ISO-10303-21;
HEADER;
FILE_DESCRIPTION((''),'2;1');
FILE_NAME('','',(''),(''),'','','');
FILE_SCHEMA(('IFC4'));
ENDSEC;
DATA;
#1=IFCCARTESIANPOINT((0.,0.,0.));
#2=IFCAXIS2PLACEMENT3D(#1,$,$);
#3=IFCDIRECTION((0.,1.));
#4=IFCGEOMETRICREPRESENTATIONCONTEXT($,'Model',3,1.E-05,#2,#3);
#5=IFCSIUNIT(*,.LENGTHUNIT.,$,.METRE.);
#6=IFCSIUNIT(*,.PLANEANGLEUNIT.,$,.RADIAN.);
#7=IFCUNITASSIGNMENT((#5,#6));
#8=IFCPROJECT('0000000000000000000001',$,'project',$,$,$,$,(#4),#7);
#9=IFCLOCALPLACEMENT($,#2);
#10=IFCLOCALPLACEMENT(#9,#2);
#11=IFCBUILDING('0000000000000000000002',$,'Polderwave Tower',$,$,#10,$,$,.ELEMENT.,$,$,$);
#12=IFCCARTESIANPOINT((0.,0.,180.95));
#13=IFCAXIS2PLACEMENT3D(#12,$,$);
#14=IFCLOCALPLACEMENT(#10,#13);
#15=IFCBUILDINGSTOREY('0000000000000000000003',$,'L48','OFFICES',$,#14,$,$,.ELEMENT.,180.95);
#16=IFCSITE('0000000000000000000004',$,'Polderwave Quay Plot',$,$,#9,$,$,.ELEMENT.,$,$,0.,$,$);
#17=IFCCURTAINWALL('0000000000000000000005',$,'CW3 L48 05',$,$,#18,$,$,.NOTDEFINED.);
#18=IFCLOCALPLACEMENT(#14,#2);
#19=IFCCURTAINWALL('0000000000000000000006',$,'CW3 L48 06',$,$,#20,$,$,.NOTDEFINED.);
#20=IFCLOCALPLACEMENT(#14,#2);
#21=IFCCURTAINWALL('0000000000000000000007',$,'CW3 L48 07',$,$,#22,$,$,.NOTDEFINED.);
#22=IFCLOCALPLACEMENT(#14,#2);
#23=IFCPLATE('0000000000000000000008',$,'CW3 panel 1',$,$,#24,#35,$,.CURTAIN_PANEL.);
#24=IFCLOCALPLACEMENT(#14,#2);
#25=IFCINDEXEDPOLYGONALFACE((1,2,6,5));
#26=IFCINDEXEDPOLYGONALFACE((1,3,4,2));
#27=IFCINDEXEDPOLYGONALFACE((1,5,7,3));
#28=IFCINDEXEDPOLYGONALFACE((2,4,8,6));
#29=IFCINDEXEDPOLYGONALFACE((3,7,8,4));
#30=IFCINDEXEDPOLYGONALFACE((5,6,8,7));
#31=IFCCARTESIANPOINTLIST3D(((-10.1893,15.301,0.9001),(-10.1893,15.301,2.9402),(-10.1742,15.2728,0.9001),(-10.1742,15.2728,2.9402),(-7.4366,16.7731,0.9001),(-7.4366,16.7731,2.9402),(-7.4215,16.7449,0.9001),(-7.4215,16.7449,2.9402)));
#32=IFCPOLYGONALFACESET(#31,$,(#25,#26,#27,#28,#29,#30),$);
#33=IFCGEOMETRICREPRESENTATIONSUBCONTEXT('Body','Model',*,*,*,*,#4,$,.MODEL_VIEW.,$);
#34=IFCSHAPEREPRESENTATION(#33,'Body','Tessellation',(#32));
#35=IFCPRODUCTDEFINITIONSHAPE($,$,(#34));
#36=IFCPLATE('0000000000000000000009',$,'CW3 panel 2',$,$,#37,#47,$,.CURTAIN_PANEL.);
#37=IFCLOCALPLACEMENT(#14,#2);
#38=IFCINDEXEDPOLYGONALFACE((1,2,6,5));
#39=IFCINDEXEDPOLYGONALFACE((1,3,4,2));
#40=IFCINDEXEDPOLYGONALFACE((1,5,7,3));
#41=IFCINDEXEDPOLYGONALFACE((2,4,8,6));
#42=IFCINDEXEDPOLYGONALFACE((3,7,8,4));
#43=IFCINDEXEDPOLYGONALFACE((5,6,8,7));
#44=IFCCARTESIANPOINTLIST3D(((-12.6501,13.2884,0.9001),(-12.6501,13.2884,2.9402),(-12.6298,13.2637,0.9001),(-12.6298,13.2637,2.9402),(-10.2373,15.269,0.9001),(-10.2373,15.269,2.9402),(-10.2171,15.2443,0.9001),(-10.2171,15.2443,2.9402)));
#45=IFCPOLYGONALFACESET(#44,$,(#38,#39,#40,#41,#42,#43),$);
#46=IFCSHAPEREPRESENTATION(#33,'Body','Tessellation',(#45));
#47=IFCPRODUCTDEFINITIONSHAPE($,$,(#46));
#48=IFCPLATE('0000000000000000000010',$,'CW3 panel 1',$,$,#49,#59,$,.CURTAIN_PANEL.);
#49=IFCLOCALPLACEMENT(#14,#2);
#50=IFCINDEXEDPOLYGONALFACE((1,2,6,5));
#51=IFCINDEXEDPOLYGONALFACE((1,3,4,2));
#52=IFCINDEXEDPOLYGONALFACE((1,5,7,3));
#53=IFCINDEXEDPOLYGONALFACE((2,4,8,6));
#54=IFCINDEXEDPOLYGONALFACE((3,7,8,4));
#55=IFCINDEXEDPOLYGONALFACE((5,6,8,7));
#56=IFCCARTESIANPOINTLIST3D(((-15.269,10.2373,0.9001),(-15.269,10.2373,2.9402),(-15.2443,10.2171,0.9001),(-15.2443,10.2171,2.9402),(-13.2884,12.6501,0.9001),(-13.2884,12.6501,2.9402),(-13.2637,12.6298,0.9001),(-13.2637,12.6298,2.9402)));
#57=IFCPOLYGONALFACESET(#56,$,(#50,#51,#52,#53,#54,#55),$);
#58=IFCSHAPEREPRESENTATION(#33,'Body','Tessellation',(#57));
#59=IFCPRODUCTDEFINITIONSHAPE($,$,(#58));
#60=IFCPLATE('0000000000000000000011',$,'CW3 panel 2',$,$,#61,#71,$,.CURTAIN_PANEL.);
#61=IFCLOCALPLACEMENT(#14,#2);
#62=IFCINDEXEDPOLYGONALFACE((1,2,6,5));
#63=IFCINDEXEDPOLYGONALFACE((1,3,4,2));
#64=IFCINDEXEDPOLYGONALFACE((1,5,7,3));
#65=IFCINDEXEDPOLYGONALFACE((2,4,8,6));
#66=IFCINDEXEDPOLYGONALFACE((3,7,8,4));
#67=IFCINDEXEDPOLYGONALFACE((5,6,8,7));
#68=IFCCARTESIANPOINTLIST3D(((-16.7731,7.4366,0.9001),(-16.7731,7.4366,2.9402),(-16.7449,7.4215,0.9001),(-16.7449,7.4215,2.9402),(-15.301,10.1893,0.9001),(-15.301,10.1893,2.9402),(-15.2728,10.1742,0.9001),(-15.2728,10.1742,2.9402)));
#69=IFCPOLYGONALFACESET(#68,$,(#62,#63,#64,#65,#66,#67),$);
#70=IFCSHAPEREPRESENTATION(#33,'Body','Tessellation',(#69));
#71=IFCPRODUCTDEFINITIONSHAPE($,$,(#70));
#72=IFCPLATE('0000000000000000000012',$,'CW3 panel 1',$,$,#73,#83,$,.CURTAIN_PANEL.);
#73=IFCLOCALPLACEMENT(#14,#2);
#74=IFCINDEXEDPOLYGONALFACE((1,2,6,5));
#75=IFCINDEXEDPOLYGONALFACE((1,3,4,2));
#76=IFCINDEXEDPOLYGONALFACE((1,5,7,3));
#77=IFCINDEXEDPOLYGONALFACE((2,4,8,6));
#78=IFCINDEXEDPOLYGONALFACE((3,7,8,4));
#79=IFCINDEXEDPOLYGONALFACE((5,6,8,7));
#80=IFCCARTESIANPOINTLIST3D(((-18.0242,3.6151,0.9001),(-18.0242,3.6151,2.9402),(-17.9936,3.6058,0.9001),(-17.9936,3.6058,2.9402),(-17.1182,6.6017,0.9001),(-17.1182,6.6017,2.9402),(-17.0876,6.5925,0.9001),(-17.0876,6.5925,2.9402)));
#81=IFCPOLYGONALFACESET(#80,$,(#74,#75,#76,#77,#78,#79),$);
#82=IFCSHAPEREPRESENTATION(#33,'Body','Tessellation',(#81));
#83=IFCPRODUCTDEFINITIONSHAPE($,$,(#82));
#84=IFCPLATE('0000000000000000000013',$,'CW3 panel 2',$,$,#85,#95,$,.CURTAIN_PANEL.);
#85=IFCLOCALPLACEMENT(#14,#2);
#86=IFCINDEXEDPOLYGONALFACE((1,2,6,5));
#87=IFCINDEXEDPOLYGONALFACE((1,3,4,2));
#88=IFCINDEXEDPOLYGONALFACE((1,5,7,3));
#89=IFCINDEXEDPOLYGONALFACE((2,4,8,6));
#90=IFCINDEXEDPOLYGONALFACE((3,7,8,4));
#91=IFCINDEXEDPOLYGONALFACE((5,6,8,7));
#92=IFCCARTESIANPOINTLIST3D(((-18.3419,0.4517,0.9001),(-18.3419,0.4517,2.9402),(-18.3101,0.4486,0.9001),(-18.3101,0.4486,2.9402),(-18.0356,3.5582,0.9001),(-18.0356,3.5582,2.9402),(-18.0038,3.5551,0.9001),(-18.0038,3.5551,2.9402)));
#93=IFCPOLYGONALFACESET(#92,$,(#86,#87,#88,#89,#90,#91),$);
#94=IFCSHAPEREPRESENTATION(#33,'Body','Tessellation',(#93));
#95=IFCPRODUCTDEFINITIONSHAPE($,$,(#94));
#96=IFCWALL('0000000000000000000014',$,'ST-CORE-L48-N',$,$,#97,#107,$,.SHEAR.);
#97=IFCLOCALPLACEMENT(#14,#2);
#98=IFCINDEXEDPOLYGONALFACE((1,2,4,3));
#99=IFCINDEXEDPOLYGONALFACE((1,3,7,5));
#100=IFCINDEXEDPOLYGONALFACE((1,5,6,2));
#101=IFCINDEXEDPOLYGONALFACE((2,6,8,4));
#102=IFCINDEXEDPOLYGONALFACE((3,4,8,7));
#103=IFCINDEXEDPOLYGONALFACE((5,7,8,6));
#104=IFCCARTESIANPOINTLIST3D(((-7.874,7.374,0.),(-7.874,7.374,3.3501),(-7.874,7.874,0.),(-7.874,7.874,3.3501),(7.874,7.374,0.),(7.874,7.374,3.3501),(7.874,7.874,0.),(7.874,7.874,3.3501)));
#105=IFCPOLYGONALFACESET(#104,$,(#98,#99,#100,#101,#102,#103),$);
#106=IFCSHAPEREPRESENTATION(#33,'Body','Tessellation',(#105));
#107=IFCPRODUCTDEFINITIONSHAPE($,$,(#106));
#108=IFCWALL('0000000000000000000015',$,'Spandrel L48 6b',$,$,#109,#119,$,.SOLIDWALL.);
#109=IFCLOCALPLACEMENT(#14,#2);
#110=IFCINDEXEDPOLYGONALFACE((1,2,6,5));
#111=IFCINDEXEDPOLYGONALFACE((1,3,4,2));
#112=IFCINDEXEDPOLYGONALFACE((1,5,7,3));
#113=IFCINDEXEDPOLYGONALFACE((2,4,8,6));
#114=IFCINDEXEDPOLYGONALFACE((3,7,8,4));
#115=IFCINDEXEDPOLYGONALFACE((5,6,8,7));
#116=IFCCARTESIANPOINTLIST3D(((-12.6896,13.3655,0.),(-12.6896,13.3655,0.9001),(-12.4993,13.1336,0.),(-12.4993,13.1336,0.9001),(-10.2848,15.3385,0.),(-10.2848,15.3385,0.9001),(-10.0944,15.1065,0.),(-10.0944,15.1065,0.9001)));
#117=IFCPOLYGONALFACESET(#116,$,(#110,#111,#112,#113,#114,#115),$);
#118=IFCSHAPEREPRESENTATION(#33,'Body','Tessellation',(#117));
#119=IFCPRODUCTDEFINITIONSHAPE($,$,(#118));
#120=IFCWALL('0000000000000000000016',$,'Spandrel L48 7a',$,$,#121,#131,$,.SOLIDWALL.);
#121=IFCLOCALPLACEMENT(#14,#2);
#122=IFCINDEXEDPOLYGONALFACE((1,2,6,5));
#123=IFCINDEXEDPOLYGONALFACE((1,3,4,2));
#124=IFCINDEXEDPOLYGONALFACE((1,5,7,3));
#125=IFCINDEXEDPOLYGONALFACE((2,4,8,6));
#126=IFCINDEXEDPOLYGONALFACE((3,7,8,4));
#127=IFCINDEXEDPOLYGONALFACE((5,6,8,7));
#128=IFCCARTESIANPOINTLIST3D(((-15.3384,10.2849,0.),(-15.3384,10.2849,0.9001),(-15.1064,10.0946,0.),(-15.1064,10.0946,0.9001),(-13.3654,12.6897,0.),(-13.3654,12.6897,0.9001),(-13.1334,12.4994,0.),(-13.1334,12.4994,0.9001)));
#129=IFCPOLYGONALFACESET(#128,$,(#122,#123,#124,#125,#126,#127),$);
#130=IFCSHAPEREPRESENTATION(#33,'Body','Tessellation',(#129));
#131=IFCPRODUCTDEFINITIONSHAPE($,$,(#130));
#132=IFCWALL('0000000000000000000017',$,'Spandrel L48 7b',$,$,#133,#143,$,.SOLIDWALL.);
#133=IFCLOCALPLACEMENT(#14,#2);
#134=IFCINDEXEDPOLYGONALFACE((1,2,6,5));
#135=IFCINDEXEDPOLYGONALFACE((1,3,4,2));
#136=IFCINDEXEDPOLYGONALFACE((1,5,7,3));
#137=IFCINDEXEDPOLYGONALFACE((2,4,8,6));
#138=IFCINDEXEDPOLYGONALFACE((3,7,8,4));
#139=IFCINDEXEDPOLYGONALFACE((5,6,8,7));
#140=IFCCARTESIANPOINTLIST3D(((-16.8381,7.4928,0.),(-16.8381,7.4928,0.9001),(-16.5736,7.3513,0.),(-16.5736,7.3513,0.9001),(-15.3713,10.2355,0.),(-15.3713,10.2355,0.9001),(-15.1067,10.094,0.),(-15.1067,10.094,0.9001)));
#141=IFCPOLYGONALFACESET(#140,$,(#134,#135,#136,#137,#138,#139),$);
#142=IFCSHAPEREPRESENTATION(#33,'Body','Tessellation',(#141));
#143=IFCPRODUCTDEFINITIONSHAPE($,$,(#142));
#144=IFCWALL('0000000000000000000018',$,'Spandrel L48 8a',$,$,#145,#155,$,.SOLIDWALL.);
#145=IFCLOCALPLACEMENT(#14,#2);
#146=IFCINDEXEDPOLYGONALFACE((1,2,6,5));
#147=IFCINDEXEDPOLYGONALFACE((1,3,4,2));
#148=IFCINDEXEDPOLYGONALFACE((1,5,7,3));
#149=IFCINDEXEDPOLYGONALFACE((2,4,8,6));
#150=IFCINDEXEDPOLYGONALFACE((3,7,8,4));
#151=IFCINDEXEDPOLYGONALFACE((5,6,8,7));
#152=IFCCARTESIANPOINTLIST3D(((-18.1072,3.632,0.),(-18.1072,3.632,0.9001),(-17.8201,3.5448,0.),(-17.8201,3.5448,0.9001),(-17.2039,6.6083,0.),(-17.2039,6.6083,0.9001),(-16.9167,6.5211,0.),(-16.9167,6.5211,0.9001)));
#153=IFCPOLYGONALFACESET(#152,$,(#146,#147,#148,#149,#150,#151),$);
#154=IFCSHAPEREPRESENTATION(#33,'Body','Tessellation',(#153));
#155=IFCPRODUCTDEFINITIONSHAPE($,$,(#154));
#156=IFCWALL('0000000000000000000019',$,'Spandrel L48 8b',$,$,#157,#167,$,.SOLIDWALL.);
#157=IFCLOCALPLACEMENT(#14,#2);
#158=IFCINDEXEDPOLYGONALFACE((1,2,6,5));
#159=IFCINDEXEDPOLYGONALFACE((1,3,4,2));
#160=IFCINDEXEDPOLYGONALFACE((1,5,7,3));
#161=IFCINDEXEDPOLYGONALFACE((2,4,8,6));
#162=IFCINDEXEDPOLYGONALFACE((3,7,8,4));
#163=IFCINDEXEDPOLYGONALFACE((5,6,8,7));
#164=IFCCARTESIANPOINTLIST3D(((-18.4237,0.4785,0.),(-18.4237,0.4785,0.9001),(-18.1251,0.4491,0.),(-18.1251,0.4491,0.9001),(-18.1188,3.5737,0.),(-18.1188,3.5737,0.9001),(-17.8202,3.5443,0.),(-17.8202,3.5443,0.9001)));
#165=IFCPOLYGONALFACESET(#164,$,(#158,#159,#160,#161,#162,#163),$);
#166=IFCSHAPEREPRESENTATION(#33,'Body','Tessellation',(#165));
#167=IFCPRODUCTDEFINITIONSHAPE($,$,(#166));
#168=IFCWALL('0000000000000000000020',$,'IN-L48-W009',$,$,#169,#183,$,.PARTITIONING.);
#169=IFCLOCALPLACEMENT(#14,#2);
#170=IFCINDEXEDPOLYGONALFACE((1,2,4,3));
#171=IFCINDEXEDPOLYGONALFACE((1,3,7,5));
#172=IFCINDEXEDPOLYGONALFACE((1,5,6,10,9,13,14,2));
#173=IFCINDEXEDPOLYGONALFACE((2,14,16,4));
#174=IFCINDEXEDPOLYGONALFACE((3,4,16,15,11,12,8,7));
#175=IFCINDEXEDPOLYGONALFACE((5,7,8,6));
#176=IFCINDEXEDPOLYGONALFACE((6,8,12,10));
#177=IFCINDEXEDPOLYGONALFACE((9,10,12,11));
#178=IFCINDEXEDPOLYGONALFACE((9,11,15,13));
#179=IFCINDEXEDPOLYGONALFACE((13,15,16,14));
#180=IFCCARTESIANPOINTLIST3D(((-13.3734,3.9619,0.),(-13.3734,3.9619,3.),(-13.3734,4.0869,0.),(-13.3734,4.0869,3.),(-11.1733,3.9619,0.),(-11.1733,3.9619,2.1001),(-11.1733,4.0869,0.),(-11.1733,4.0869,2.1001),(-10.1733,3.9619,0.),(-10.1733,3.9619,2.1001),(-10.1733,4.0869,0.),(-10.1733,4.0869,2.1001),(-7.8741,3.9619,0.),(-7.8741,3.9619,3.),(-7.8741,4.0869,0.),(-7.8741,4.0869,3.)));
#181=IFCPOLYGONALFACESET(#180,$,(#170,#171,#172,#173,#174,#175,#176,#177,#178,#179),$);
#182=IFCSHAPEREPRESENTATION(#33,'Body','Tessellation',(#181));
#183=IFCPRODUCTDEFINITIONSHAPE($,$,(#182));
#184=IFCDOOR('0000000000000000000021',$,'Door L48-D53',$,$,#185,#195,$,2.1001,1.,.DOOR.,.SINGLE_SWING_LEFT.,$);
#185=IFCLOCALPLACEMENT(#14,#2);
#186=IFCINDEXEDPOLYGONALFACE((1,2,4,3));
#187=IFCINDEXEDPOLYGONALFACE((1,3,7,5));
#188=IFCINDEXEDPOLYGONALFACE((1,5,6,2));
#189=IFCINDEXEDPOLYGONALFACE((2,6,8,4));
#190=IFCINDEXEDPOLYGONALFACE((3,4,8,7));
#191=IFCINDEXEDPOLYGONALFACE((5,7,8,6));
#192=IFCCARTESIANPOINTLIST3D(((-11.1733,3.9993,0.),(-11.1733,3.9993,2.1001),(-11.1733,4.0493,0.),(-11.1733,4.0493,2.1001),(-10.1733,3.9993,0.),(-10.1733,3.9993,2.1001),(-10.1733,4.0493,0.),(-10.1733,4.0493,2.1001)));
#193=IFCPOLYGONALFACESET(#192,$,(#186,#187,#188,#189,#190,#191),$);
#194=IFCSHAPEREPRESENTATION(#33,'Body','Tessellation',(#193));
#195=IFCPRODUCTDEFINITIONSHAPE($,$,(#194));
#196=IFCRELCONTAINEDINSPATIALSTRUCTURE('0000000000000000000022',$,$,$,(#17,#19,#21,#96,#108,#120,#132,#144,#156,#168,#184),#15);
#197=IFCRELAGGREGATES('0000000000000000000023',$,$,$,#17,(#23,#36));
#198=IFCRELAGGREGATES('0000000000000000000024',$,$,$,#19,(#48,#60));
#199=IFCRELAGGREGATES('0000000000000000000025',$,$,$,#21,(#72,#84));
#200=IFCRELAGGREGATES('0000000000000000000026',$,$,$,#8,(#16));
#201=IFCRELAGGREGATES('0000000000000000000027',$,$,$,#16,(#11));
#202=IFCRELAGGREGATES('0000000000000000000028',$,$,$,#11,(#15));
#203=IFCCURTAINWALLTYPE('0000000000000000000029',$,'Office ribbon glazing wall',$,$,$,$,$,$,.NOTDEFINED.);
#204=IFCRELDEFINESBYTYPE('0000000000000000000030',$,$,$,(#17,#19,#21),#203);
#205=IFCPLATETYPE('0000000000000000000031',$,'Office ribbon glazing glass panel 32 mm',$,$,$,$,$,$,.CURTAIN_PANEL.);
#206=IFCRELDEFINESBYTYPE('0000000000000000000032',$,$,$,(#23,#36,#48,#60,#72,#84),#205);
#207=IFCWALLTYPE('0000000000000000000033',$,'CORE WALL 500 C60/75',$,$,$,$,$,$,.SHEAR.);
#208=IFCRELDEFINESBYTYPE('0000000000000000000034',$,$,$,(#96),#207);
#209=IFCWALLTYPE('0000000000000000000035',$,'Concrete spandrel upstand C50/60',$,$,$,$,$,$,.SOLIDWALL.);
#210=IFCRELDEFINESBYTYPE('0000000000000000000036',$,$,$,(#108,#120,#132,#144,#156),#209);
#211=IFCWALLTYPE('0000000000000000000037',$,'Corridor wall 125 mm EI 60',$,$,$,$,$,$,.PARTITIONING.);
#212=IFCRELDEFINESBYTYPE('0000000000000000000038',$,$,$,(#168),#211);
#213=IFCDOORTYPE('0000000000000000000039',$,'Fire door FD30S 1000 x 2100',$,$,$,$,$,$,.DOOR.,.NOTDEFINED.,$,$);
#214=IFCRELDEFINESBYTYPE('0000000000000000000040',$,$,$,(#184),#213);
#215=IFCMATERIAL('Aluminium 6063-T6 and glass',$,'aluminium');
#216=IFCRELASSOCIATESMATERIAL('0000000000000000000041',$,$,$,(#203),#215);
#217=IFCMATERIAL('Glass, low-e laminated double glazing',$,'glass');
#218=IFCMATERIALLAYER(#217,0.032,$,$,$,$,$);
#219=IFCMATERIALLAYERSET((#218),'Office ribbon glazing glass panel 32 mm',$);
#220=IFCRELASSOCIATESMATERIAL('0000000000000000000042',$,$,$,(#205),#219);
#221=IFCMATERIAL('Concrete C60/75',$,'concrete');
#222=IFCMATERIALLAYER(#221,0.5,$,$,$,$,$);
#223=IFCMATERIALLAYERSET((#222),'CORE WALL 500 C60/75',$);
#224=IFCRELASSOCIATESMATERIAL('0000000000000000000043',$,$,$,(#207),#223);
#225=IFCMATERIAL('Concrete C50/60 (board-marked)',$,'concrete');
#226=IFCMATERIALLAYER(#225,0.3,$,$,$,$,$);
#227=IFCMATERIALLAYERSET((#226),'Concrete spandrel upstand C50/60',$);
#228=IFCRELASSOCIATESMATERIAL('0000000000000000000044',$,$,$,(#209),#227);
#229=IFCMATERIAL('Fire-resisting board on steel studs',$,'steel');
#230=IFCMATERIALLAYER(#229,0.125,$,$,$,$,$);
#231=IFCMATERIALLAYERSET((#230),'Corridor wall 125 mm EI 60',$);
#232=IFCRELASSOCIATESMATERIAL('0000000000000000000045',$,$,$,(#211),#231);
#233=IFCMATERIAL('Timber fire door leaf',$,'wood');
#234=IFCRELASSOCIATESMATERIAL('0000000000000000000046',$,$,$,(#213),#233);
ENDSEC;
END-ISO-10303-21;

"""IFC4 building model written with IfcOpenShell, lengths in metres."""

from ifc_helpers import new_model, si_unit, direction, frame, frame_2d, origin, origin_2d, place, context, subcontext, project, spatial, rectangle, extrude, material, layer, layer_set, type_object, element, fill, aggregate, save


model = new_model("IFC4")

# Units and contexts
model_context = context("Model", 3, precision=1e-05, world=origin(), true_north=direction((0.0, 1.0)))
body_context = subcontext(model_context, "Body", "Model", "MODEL_VIEW")
ifc_project = project(units=[si_unit("LENGTHUNIT", "METRE"), si_unit("PLANEANGLEUNIT", "RADIAN")], contexts=[model_context])

# Site, building, storey
site_placement = place(None, origin())
site = spatial("IfcSite", under=ifc_project, at=site_placement, Name="Polderwave Quay Plot", CompositionType="ELEMENT", RefElevation=0.0)
building_placement = place(site_placement, origin())
building = spatial("IfcBuilding", under=site, at=building_placement, Name="Polderwave Tower", CompositionType="ELEMENT")
storey_placement = place(building_placement, frame((0.0, 0.0, 180.95)))
storey = spatial("IfcBuildingStorey", under=building, at=storey_placement, Name="L48", Description="OFFICES", CompositionType="ELEMENT", Elevation=180.95)

# Shared definitions
ifc_material_1 = material(Name="Concrete C60/75", Category="concrete")

# Curtain walls
ifc_material_2 = material(Name="Aluminium 6063-T6 and glass", Category="aluminium")
curtain_wall_type = type_object("IfcCurtainWallType", Name="Office ribbon glazing wall", PredefinedType="NOTDEFINED", material=ifc_material_2)
curtain_wall_1_placement = place(storey_placement, origin())
curtain_wall_1 = element("IfcCurtainWall", 1, at=curtain_wall_1_placement, inside=storey, type_object=curtain_wall_type, Name="CW3 L48 05", PredefinedType="NOTDEFINED")
curtain_wall_2_placement = place(storey_placement, origin())
curtain_wall_2 = element("IfcCurtainWall", 2, at=curtain_wall_2_placement, inside=storey, type_object=curtain_wall_type, Name="CW3 L48 06", PredefinedType="NOTDEFINED")
curtain_wall_3_placement = place(storey_placement, origin())
curtain_wall_3 = element("IfcCurtainWall", 3, at=curtain_wall_3_placement, inside=storey, type_object=curtain_wall_type, Name="CW3 L48 07", PredefinedType="NOTDEFINED")

# Plates
ifc_material_3 = material(Name="Glass, low-e laminated double glazing", Category="glass")
ifc_layer_1 = layer(ifc_material_3, 0.032)
ifc_layer_set_1 = layer_set([ifc_layer_1], Name="Office ribbon glazing glass panel 32 mm")
plate_type = type_object("IfcPlateType", Name="Office ribbon glazing glass panel 32 mm", PredefinedType="CURTAIN_PANEL", material=ifc_layer_set_1)
plate_1_placement = place(storey_placement, frame((-8.8054, 16.0229, 0.9001), z_axis=(0.0, 0.0, 1.0), x_axis=(-0.881834, -0.47156, 0.0)))
plate_1 = element("IfcPlate", 4, at=plate_1_placement, type_object=plate_type, Name="CW3 panel 1", PredefinedType="CURTAIN_PANEL", context=body_context, shape_type="SweptSolid", body=[
    extrude(rectangle(XDim=3.1216, YDim=0.032, at=origin_2d()), origin(), (0.0, 0.0, 1.0), 2.04),
])
plate_2_placement = place(storey_placement, frame((-11.4336, 14.2664, 0.9001), z_axis=(0.0, 0.0, 1.0), x_axis=(-0.772937, -0.634482, 0.0)))
plate_2 = element("IfcPlate", 5, at=plate_2_placement, type_object=plate_type, Name="CW3 panel 2", PredefinedType="CURTAIN_PANEL", context=body_context, shape_type="SweptSolid", body=[
    extrude(rectangle(XDim=3.1216, YDim=0.032, at=origin_2d()), origin(), (0.0, 0.0, 1.0), 2.04),
])
aggregate(curtain_wall_1, [plate_1, plate_2])
plate_3_placement = place(storey_placement, frame((-14.2664, 11.4336, 0.9001), z_axis=(0.0, 0.0, 1.0), x_axis=(-0.634482, -0.772937, 0.0)))
plate_3 = element("IfcPlate", 6, at=plate_3_placement, type_object=plate_type, Name="CW3 panel 1", PredefinedType="CURTAIN_PANEL", context=body_context, shape_type="SweptSolid", body=[
    extrude(rectangle(XDim=3.1216, YDim=0.032, at=origin_2d()), origin(), (0.0, 0.0, 1.0), 2.04),
])
plate_4_placement = place(storey_placement, frame((-16.0229, 8.8054, 0.9001), z_axis=(0.0, 0.0, 1.0), x_axis=(-0.47156, -0.881834, 0.0)))
plate_4 = element("IfcPlate", 7, at=plate_4_placement, type_object=plate_type, Name="CW3 panel 2", PredefinedType="CURTAIN_PANEL", context=body_context, shape_type="SweptSolid", body=[
    extrude(rectangle(XDim=3.1216, YDim=0.032, at=origin_2d()), origin(), (0.0, 0.0, 1.0), 2.04),
])
aggregate(curtain_wall_2, [plate_3, plate_4])
plate_5_placement = place(storey_placement, frame((-17.5559, 5.1038, 0.9001), z_axis=(0.0, 0.0, 1.0), x_axis=(-0.29029, -0.956939, 0.0)))
plate_5 = element("IfcPlate", 8, at=plate_5_placement, type_object=plate_type, Name="CW3 panel 1", PredefinedType="CURTAIN_PANEL", context=body_context, shape_type="SweptSolid", body=[
    extrude(rectangle(XDim=3.1211, YDim=0.032, at=origin_2d()), origin(), (0.0, 0.0, 1.0), 2.04),
])
plate_6_placement = place(storey_placement, frame((-18.1729, 2.0034, 0.9001), z_axis=(0.0, 0.0, 1.0), x_axis=(-0.09812, -0.995175, 0.0)))
plate_6 = element("IfcPlate", 9, at=plate_6_placement, type_object=plate_type, Name="CW3 panel 2", PredefinedType="CURTAIN_PANEL", context=body_context, shape_type="SweptSolid", body=[
    extrude(rectangle(XDim=3.1216, YDim=0.032, at=origin_2d()), origin(), (0.0, 0.0, 1.0), 2.04),
])
aggregate(curtain_wall_3, [plate_5, plate_6])

# Walls
ifc_layer_2 = layer(ifc_material_1, 0.5)
ifc_layer_set_2 = layer_set([ifc_layer_2], Name="CORE WALL 500 C60/75")
wall_type_1 = type_object("IfcWallType", Name="CORE WALL 500 C60/75", PredefinedType="SHEAR", material=ifc_layer_set_2)
wall_1_placement = place(storey_placement, frame((-7.874, 7.624, 0.0), z_axis=(0.0, 0.0, 1.0), x_axis=(1.0, 0.0, 0.0)))
element("IfcWall", 10, at=wall_1_placement, inside=storey, type_object=wall_type_1, Name="ST-CORE-L48-N", PredefinedType="SHEAR", context=body_context, shape_type="SweptSolid", body=[
    extrude(rectangle(XDim=15.748, YDim=0.5, at=frame_2d((7.874, 0.0))), origin(), (0.0, 0.0, 1.0), 3.3501),
])
ifc_material_4 = material(Name="Concrete C50/60 (board-marked)", Category="concrete")
ifc_layer_3 = layer(ifc_material_4, 0.3)
ifc_layer_set_3 = layer_set([ifc_layer_3], Name="Concrete spandrel upstand C50/60")
wall_type_2 = type_object("IfcWallType", Name="Concrete spandrel upstand C50/60", PredefinedType="SOLIDWALL", material=ifc_layer_set_3)
for number, where, z_axis, x_axis, name in (
    (11, (-10.1897, 15.2224, 0.0), (0.0, 0.0, 1.0), (-0.773114, -0.634267, 0.0), "Spandrel L48 6b"),
    (12, (-13.2495, 12.5945, 0.0), (0.0, 0.0, 1.0), (-0.634267, -0.773114, 0.0), "Spandrel L48 7a"),
):
    element("IfcWall", number, at=place(storey_placement, frame(where, z_axis=z_axis, x_axis=x_axis)), inside=storey, type_object=wall_type_2, Name=name, PredefinedType="SOLIDWALL", context=body_context, shape_type="SweptSolid", body=[
        extrude(rectangle(XDim=3.1106, YDim=0.3, at=frame_2d((1.5552, 0.0))), origin(), (0.0, 0.0, 1.0), 0.9001),
    ])
for number, where, z_axis, x_axis, name in (
    (13, (-15.239, 10.1648, 0.0), (0.0, 0.0, 1.0), (-0.471598, -0.881813, 0.0), "Spandrel L48 7b"),
    (14, (-17.0603, 6.5647, 0.0), (0.0, 0.0, 1.0), (-0.290421, -0.956899, 0.0), "Spandrel L48 8a"),
):
    element("IfcWall", number, at=place(storey_placement, frame(where, z_axis=z_axis, x_axis=x_axis)), inside=storey, type_object=wall_type_2, Name=name, PredefinedType="SOLIDWALL", context=body_context, shape_type="SweptSolid", body=[
        extrude(rectangle(XDim=3.1104, YDim=0.3, at=frame_2d((1.5552, 0.0))), origin(), (0.0, 0.0, 1.0), 0.9001),
    ])
wall_2_placement = place(storey_placement, frame((-17.9695, 3.5591, 0.0), z_axis=(0.0, 0.0, 1.0), x_axis=(-0.098042, -0.995182, 0.0)))
element("IfcWall", 15, at=wall_2_placement, inside=storey, type_object=wall_type_2, Name="Spandrel L48 8b", PredefinedType="SOLIDWALL", context=body_context, shape_type="SweptSolid", body=[
    extrude(rectangle(XDim=3.1101, YDim=0.3, at=frame_2d((1.5552, 0.0))), origin(), (0.0, 0.0, 1.0), 0.9001),
])

# Wall, opening, door
ifc_material_5 = material(Name="Fire-resisting board on steel studs", Category="steel")
ifc_layer_4 = layer(ifc_material_5, 0.125)
ifc_layer_set_4 = layer_set([ifc_layer_4], Name="Corridor wall 125 mm EI 60")
wall_type_3 = type_object("IfcWallType", Name="Corridor wall 125 mm EI 60", PredefinedType="PARTITIONING", material=ifc_layer_set_4)
wall_3_placement = place(storey_placement, frame((-13.3733, 4.0244, 0.0), z_axis=(0.0, 0.0, 1.0), x_axis=(1.0, 0.0, 0.0)))
wall_3 = element("IfcWall", 16, at=wall_3_placement, inside=storey, type_object=wall_type_3, Name="IN-L48-W009", PredefinedType="PARTITIONING", context=body_context, shape_type="SweptSolid", body=[
    extrude(rectangle(XDim=5.4993, YDim=0.125, at=frame_2d((2.7495, 0.0))), origin(), (0.0, 0.0, 1.0), 3.0),
])
opening_1_placement = place(wall_3_placement, frame((2.2, 0.0, 0.0)))
opening_1 = element("IfcOpeningElement", 17, at=opening_1_placement, cuts=wall_3, PredefinedType="OPENING", context=body_context, shape_type="SweptSolid", body=[
    extrude(rectangle(XDim=1.0, YDim=2.1001, at=frame_2d((0.5, 1.05))), frame((0.0, 0.0725, 0.0), z_axis=(0.0, -1.0, 0.0), x_axis=(1.0, 0.0, 0.0)), (0.0, 0.0, 1.0), 0.145),
])
ifc_material_6 = material(Name="Timber fire door leaf", Category="wood")
door_type_1 = type_object("IfcDoorType", Name="Fire door FD30S 1000 x 2100", OperationType="NOTDEFINED", PredefinedType="DOOR", material=ifc_material_6)
door_1_placement = place(opening_1_placement, origin())
door_1 = element("IfcDoor", 18, at=door_1_placement, inside=storey, type_object=door_type_1, Name="Door L48-D53", OperationType="SINGLE_SWING_LEFT", OverallHeight=2.1001, OverallWidth=1.0, PredefinedType="DOOR", context=body_context, shape_type="SweptSolid", body=[
    extrude(rectangle(XDim=1.0, YDim=2.1001, at=frame_2d((0.5, 1.05))), frame((0.0, 0.0249, 0.0), z_axis=(0.0, -1.0, 0.0), x_axis=(1.0, 0.0, 0.0)), (0.0, 0.0, 1.0), 0.05),
])
fill(opening_1, door_1)

save(model, "model.ifc")
